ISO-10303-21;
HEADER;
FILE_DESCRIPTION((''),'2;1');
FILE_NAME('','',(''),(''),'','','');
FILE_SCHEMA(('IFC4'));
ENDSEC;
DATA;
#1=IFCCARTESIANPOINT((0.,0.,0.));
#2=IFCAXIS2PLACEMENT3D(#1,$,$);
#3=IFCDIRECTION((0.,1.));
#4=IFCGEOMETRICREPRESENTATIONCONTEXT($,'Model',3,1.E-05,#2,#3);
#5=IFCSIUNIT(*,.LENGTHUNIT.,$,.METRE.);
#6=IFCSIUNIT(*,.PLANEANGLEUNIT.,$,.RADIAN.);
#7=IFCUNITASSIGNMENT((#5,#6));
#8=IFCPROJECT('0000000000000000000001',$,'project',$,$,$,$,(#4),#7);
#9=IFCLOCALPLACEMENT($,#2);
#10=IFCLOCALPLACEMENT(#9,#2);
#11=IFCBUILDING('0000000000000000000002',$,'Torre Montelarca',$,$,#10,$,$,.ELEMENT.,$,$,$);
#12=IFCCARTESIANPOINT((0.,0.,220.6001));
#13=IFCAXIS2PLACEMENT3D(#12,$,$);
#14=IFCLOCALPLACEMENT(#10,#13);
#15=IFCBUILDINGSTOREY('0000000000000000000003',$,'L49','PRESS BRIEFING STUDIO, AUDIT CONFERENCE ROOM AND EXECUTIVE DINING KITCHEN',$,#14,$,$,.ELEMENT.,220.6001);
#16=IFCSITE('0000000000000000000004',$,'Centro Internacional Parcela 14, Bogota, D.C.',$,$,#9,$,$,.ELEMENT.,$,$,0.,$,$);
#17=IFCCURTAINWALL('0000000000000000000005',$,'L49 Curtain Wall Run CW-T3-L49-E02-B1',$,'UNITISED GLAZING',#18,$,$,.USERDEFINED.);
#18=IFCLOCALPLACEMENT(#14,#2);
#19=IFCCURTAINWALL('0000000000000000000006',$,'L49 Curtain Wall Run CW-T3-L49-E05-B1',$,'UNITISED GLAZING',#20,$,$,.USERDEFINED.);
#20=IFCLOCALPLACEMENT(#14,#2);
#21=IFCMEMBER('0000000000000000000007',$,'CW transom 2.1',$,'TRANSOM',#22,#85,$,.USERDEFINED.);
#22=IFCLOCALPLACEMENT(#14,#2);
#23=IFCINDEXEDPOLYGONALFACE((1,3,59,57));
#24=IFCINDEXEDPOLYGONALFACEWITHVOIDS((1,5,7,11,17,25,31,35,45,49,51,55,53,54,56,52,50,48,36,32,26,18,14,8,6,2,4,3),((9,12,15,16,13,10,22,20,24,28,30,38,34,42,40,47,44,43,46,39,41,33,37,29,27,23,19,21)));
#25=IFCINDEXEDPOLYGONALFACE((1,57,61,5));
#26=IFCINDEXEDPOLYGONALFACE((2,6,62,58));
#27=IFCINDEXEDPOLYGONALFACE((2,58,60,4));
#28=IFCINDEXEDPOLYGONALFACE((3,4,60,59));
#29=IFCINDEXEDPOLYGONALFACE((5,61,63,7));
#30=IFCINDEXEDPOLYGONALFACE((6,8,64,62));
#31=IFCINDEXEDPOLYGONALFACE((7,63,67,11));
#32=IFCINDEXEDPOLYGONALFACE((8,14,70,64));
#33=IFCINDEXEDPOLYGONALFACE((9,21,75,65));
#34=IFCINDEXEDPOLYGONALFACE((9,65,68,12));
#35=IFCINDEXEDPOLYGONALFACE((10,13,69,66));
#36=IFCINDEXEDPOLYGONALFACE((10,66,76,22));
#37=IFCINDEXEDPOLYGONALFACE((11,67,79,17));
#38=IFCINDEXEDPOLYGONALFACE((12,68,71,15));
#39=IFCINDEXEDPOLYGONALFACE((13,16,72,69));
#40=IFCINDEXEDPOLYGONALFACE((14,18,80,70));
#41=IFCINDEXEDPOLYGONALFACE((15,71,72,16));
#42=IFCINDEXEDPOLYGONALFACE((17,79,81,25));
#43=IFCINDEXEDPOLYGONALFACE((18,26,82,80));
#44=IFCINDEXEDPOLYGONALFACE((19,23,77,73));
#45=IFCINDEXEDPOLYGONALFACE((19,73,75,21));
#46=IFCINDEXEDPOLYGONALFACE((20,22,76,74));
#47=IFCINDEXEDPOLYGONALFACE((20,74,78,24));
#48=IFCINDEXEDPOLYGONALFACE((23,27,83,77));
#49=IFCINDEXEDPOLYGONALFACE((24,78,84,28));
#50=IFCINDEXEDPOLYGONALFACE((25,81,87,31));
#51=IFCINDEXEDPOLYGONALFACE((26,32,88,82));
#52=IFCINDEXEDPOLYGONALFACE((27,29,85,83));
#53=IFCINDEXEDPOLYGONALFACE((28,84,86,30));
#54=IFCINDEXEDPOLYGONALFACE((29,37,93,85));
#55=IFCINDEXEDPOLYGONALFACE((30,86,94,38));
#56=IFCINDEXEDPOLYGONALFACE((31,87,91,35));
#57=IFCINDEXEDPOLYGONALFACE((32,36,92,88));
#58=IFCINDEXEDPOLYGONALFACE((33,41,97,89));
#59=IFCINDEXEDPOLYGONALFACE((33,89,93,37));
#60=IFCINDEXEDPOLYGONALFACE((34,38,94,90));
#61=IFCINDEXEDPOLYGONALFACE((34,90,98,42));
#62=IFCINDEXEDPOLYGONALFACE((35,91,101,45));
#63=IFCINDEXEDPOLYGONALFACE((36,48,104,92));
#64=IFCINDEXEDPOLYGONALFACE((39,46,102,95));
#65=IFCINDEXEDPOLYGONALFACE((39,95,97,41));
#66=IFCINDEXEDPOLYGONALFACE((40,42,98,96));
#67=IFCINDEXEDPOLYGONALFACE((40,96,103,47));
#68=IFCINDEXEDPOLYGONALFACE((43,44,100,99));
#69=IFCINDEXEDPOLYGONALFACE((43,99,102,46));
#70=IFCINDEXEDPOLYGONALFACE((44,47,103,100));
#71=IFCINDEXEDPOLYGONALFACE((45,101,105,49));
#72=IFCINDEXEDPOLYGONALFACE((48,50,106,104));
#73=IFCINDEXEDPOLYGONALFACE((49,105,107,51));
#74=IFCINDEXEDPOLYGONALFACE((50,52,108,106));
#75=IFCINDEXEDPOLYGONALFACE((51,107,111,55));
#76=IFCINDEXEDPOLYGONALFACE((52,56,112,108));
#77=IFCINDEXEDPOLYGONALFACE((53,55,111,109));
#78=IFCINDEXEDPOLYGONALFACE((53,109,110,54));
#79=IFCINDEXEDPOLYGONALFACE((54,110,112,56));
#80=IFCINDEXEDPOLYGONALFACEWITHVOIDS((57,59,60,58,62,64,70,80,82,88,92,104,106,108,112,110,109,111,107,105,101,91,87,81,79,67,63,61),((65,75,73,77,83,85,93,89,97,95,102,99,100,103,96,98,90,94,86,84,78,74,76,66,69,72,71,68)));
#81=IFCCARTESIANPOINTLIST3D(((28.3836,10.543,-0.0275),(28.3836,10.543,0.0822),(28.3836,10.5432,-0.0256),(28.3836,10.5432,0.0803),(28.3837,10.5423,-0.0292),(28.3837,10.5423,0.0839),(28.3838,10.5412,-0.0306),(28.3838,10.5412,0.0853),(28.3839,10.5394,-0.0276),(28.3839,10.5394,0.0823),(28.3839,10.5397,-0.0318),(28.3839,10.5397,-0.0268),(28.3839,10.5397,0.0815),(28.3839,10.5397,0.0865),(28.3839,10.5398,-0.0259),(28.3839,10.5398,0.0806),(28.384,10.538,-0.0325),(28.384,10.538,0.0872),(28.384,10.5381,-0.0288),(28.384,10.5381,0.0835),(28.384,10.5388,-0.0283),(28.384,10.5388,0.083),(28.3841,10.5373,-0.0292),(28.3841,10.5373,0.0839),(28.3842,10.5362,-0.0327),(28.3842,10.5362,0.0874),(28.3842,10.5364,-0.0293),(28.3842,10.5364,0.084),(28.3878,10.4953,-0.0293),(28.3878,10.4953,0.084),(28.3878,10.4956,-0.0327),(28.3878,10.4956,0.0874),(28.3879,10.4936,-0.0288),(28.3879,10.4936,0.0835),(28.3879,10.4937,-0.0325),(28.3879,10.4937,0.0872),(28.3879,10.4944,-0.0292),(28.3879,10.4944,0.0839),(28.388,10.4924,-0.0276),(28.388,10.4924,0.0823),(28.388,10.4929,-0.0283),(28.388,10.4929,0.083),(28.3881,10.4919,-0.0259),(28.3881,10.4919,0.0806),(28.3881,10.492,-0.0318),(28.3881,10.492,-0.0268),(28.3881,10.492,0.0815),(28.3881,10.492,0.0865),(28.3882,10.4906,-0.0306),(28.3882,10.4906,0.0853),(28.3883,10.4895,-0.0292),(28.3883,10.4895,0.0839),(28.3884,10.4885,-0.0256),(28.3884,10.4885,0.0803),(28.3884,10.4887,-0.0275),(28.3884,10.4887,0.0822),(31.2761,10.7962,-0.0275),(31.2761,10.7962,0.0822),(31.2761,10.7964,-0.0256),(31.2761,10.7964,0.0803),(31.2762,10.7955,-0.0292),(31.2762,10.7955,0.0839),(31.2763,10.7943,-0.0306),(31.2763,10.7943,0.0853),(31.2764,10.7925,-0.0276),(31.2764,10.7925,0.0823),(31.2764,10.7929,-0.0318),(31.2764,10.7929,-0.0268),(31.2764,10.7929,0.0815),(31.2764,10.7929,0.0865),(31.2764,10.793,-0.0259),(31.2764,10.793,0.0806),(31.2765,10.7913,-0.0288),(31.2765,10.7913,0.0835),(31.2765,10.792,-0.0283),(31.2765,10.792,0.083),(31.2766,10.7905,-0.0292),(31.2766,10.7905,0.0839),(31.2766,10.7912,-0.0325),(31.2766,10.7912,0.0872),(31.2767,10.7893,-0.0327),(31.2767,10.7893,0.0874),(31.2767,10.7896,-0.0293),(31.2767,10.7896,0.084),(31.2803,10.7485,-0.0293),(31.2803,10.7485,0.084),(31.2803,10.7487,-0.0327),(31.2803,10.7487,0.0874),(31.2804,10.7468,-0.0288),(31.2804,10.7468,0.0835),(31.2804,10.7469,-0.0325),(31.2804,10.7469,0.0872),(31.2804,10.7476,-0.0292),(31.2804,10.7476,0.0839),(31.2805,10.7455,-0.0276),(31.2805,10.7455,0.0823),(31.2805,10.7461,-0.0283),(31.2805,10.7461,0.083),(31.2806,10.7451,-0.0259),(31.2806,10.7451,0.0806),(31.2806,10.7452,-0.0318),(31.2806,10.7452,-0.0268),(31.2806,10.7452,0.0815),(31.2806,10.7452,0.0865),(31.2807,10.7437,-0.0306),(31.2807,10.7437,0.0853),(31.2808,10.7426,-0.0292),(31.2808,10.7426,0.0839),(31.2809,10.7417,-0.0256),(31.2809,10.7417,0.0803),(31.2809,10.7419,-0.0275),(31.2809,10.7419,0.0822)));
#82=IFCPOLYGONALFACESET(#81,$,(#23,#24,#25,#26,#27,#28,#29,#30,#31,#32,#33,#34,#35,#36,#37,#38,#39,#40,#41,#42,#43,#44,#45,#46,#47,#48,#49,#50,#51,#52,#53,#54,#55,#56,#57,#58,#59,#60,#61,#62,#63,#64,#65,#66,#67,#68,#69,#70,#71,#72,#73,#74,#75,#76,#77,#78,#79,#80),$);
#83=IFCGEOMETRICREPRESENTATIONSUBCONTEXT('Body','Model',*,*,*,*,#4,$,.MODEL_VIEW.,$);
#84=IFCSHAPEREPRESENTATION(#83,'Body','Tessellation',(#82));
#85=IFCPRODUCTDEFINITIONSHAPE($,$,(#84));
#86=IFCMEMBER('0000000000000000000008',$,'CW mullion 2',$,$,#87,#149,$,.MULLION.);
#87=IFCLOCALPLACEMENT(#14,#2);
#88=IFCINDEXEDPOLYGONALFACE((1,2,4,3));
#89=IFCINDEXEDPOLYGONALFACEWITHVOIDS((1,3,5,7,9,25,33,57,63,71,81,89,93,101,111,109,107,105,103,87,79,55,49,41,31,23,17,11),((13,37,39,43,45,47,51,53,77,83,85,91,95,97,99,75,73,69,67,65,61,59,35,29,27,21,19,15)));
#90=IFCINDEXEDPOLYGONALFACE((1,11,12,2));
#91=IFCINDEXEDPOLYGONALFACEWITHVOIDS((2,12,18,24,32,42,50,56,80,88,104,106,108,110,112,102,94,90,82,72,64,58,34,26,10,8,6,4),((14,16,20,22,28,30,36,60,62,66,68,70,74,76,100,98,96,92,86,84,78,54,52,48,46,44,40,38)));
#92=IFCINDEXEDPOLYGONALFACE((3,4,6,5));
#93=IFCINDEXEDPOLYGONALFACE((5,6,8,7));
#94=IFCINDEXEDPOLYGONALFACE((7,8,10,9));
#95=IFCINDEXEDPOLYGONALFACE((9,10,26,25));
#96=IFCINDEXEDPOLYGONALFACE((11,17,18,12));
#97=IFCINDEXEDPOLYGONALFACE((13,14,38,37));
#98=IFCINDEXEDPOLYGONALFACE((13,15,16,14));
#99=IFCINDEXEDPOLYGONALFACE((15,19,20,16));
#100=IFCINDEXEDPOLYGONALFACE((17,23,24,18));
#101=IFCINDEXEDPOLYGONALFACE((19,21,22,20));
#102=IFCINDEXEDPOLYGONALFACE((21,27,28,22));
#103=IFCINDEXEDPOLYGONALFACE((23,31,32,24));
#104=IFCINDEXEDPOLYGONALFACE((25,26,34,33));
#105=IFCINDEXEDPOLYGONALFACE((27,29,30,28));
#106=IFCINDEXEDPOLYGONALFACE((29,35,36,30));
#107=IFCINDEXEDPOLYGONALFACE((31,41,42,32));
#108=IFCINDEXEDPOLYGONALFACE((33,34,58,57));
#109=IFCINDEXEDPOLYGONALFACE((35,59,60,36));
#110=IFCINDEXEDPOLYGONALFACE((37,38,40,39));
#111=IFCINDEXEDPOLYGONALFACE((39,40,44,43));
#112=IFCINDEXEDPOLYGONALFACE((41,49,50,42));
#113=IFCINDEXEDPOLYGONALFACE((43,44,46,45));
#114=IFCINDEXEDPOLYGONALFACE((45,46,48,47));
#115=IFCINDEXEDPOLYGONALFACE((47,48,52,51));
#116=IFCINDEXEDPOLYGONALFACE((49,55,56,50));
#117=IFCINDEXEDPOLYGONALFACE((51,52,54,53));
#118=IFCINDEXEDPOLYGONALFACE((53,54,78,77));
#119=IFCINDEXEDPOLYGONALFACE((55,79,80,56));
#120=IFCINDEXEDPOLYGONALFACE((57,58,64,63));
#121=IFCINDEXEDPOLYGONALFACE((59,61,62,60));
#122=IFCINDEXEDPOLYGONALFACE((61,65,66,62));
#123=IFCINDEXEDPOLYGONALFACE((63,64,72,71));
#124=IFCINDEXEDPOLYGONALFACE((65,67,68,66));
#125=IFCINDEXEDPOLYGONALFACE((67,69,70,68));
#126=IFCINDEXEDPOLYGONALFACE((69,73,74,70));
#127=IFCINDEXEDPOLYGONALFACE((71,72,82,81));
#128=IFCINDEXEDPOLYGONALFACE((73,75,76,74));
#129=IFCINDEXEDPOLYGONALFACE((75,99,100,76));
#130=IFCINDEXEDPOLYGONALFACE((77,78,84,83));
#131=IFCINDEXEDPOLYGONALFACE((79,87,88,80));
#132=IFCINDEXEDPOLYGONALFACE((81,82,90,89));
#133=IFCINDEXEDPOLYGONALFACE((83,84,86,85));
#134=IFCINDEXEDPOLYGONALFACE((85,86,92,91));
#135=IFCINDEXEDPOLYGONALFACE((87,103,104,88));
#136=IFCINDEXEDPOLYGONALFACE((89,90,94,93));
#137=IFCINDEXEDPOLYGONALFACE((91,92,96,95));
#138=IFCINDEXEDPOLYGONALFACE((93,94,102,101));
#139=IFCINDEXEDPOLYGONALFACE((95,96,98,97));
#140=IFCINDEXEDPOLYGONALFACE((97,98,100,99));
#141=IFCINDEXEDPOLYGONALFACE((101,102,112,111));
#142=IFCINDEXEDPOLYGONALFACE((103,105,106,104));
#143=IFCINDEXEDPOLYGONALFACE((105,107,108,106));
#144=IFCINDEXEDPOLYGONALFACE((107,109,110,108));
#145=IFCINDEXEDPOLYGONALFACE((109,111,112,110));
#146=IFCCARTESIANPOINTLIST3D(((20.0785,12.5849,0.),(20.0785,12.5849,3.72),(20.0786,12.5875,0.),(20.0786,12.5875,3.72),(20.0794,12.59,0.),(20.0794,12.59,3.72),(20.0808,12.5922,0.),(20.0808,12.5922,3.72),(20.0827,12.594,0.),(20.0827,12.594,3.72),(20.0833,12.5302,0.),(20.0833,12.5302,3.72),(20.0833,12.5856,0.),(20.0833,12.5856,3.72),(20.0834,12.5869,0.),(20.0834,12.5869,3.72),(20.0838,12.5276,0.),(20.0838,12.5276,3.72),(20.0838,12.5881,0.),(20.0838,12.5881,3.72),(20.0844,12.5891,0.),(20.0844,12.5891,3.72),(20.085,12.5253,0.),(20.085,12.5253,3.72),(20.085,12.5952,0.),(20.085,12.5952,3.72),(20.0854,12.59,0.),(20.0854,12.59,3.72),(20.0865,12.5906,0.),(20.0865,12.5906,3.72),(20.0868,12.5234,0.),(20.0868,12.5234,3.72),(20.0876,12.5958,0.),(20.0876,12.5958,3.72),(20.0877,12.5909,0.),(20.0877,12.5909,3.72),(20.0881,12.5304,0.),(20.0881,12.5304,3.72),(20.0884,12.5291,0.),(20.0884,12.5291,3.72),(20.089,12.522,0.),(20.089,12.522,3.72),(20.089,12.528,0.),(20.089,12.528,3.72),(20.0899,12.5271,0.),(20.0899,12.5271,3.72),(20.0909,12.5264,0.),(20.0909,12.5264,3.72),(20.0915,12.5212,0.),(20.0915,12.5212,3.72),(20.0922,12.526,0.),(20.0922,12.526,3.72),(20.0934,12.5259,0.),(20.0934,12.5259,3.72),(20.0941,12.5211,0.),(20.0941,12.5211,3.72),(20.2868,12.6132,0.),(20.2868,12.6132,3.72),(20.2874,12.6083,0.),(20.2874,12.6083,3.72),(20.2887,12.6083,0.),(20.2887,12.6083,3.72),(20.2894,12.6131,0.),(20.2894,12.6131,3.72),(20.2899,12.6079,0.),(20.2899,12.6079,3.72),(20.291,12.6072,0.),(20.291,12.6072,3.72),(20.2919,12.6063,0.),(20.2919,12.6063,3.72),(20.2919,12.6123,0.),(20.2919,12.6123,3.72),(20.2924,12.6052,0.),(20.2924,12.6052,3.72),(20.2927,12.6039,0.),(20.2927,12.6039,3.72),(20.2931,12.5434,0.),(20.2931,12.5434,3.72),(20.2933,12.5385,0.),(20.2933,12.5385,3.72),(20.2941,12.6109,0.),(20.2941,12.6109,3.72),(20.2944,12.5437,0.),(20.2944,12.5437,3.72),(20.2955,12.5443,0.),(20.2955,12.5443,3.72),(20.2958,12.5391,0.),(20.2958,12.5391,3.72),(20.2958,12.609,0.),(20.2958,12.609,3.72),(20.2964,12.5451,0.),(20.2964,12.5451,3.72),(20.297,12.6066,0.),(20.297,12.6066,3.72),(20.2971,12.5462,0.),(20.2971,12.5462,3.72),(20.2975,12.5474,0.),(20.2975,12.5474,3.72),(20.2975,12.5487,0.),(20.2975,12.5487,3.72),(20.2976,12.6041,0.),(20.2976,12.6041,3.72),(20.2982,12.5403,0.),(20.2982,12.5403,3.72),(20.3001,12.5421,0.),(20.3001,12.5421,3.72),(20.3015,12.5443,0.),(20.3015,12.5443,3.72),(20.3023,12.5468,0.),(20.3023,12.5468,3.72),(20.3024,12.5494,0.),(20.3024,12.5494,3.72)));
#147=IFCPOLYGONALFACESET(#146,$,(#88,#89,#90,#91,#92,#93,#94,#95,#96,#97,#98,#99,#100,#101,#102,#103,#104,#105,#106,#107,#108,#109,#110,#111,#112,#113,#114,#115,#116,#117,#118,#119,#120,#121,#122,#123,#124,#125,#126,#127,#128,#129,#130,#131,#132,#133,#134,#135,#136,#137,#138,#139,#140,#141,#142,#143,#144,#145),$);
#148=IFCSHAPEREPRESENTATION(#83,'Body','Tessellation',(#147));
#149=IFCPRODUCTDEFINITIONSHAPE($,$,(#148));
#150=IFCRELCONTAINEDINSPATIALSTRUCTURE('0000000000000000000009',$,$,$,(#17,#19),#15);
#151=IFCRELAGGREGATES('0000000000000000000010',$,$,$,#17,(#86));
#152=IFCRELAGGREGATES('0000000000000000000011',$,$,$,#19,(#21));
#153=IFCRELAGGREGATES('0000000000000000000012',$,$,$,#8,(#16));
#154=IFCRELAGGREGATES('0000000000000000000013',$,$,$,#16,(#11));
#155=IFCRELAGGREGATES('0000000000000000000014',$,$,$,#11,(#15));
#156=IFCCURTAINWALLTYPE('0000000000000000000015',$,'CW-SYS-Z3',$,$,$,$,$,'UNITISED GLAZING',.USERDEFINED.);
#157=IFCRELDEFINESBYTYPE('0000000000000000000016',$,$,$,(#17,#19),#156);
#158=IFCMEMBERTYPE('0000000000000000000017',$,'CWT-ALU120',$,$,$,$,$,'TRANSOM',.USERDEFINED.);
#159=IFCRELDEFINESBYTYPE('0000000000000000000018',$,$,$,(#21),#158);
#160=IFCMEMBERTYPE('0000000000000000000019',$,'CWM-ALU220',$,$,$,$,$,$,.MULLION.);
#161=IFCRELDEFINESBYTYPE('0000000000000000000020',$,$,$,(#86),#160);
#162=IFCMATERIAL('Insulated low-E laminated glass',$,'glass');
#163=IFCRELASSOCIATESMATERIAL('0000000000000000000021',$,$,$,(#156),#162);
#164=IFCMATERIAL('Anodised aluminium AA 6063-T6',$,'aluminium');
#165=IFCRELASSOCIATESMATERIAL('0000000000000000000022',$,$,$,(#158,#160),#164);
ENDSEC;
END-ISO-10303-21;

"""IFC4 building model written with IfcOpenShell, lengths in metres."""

from ifc_helpers import new_model, si_unit, direction, frame, origin, origin_2d, place, context, subcontext, project, spatial, hollow_rectangle, extrude, source, transform, mapped, material, material_profile, profile_set, type_object, element, aggregate, save


model = new_model("IFC4")

# Units and contexts
model_context = context("Model", 3, precision=1e-05, world=origin(), true_north=direction((0.0, 1.0)))
body_context = subcontext(model_context, "Body", "Model", "MODEL_VIEW")
ifc_project = project(units=[si_unit("LENGTHUNIT", "METRE"), si_unit("PLANEANGLEUNIT", "RADIAN")], contexts=[model_context])

# Site, building, storey
site_placement = place(None, origin())
site = spatial("IfcSite", under=ifc_project, at=site_placement, Name="Centro Internacional Parcela 14, Bogota, D.C.", CompositionType="ELEMENT", RefElevation=0.0)
building_placement = place(site_placement, origin())
building = spatial("IfcBuilding", under=site, at=building_placement, Name="Torre Montelarca", CompositionType="ELEMENT")
storey_placement = place(building_placement, frame((0.0, 0.0, 220.6001)))
storey = spatial("IfcBuildingStorey", under=building, at=storey_placement, Name="L49", Description="PRESS BRIEFING STUDIO, AUDIT CONFERENCE ROOM AND EXECUTIVE DINING KITCHEN", CompositionType="ELEMENT", Elevation=220.6001)

# Curtain walls, member
ifc_material_1 = material(Name="Insulated low-E laminated glass", Category="glass")
curtain_wall_type = type_object("IfcCurtainWallType", Name="CW-SYS-Z3", ElementType="UNITISED GLAZING", PredefinedType="USERDEFINED", material=ifc_material_1)
curtain_wall_1_placement = place(storey_placement, origin())
curtain_wall_1 = element("IfcCurtainWall", 1, at=curtain_wall_1_placement, inside=storey, type_object=curtain_wall_type, Name="L49 Curtain Wall Run CW-T3-L49-E02-B1", ObjectType="UNITISED GLAZING", PredefinedType="USERDEFINED")
ifc_material_2 = material(Name="Anodised aluminium AA 6063-T6", Category="aluminium")
ifc_material_profile_1 = material_profile(ifc_material_2, hollow_rectangle(XDim=0.0549, YDim=0.1201, WallThickness=0.0034, InnerFilletRadius=0.0034, OuterFilletRadius=0.0071, at=origin_2d()), Name="ALU55X120X3.5", Category="aluminium")
ifc_profile_set_1 = profile_set([ifc_material_profile_1], Name="Anodised aluminium AA 6063-T6")
member_type_1 = type_object("IfcMemberType", Name="CWT-ALU120", ElementType="TRANSOM", PredefinedType="USERDEFINED", material=ifc_profile_set_1)
curtain_wall_2_placement = place(storey_placement, origin())
curtain_wall_2 = element("IfcCurtainWall", 2, at=curtain_wall_2_placement, inside=storey, type_object=curtain_wall_type, Name="L49 Curtain Wall Run CW-T3-L49-E05-B1", ObjectType="UNITISED GLAZING", PredefinedType="USERDEFINED")
shared_shape_1 = source(origin(), body_context, "Body", "SweptSolid", [
    extrude(hollow_rectangle(XDim=0.0549, YDim=0.1201, WallThickness=0.0034, InnerFilletRadius=0.0034, OuterFilletRadius=0.0071, at=origin_2d()), origin(), (0.0, 0.0, 1.0), 2.9036),
])
member_1_placement = place(storey_placement, frame((28.386, 10.5159, 0.0273), z_axis=(0.996192, 0.087192, 0.0), x_axis=(-0.087192, 0.996192, 0.0)))
member_1 = element("IfcMember", 3, at=member_1_placement, type_object=member_type_1, Name="CW transom 2.1", ObjectType="TRANSOM", PredefinedType="USERDEFINED", context=body_context, shape_type="MappedRepresentation", body=[
    mapped(shared_shape_1, transform((0.0, 0.0, 0.0), scale=1.0)),
])

# Member
ifc_material_profile_2 = material_profile(ifc_material_2, hollow_rectangle(XDim=0.075, YDim=0.22, WallThickness=0.0049, InnerFilletRadius=0.0049, OuterFilletRadius=0.01, at=origin_2d()), Name="ALU75X220X5", Category="aluminium")
ifc_profile_set_2 = profile_set([ifc_material_profile_2], Name="Anodised aluminium AA 6063-T6")
member_type_2 = type_object("IfcMemberType", Name="CWM-ALU220", PredefinedType="MULLION", material=ifc_profile_set_2)
shared_shape_2 = source(origin(), body_context, "Body", "SweptSolid", [
    extrude(hollow_rectangle(XDim=0.075, YDim=0.22, WallThickness=0.0049, InnerFilletRadius=0.0049, OuterFilletRadius=0.01, at=origin_2d()), origin(), (0.0, 0.0, 1.0), 3.72),
])
member_2_placement = place(storey_placement, frame((20.1904, 12.5671, 0.0), z_axis=(0.0, 0.0, 1.0), x_axis=(-0.087189, 0.996192, 0.0)))
member_2 = element("IfcMember", 4, at=member_2_placement, type_object=member_type_2, Name="CW mullion 2", PredefinedType="MULLION", context=body_context, shape_type="MappedRepresentation", body=[
    mapped(shared_shape_2, transform((0.0, 0.0, 0.0), scale=1.0)),
])

aggregate(curtain_wall_1, [member_2])
aggregate(curtain_wall_2, [member_1])

save(model, "model.ifc")
